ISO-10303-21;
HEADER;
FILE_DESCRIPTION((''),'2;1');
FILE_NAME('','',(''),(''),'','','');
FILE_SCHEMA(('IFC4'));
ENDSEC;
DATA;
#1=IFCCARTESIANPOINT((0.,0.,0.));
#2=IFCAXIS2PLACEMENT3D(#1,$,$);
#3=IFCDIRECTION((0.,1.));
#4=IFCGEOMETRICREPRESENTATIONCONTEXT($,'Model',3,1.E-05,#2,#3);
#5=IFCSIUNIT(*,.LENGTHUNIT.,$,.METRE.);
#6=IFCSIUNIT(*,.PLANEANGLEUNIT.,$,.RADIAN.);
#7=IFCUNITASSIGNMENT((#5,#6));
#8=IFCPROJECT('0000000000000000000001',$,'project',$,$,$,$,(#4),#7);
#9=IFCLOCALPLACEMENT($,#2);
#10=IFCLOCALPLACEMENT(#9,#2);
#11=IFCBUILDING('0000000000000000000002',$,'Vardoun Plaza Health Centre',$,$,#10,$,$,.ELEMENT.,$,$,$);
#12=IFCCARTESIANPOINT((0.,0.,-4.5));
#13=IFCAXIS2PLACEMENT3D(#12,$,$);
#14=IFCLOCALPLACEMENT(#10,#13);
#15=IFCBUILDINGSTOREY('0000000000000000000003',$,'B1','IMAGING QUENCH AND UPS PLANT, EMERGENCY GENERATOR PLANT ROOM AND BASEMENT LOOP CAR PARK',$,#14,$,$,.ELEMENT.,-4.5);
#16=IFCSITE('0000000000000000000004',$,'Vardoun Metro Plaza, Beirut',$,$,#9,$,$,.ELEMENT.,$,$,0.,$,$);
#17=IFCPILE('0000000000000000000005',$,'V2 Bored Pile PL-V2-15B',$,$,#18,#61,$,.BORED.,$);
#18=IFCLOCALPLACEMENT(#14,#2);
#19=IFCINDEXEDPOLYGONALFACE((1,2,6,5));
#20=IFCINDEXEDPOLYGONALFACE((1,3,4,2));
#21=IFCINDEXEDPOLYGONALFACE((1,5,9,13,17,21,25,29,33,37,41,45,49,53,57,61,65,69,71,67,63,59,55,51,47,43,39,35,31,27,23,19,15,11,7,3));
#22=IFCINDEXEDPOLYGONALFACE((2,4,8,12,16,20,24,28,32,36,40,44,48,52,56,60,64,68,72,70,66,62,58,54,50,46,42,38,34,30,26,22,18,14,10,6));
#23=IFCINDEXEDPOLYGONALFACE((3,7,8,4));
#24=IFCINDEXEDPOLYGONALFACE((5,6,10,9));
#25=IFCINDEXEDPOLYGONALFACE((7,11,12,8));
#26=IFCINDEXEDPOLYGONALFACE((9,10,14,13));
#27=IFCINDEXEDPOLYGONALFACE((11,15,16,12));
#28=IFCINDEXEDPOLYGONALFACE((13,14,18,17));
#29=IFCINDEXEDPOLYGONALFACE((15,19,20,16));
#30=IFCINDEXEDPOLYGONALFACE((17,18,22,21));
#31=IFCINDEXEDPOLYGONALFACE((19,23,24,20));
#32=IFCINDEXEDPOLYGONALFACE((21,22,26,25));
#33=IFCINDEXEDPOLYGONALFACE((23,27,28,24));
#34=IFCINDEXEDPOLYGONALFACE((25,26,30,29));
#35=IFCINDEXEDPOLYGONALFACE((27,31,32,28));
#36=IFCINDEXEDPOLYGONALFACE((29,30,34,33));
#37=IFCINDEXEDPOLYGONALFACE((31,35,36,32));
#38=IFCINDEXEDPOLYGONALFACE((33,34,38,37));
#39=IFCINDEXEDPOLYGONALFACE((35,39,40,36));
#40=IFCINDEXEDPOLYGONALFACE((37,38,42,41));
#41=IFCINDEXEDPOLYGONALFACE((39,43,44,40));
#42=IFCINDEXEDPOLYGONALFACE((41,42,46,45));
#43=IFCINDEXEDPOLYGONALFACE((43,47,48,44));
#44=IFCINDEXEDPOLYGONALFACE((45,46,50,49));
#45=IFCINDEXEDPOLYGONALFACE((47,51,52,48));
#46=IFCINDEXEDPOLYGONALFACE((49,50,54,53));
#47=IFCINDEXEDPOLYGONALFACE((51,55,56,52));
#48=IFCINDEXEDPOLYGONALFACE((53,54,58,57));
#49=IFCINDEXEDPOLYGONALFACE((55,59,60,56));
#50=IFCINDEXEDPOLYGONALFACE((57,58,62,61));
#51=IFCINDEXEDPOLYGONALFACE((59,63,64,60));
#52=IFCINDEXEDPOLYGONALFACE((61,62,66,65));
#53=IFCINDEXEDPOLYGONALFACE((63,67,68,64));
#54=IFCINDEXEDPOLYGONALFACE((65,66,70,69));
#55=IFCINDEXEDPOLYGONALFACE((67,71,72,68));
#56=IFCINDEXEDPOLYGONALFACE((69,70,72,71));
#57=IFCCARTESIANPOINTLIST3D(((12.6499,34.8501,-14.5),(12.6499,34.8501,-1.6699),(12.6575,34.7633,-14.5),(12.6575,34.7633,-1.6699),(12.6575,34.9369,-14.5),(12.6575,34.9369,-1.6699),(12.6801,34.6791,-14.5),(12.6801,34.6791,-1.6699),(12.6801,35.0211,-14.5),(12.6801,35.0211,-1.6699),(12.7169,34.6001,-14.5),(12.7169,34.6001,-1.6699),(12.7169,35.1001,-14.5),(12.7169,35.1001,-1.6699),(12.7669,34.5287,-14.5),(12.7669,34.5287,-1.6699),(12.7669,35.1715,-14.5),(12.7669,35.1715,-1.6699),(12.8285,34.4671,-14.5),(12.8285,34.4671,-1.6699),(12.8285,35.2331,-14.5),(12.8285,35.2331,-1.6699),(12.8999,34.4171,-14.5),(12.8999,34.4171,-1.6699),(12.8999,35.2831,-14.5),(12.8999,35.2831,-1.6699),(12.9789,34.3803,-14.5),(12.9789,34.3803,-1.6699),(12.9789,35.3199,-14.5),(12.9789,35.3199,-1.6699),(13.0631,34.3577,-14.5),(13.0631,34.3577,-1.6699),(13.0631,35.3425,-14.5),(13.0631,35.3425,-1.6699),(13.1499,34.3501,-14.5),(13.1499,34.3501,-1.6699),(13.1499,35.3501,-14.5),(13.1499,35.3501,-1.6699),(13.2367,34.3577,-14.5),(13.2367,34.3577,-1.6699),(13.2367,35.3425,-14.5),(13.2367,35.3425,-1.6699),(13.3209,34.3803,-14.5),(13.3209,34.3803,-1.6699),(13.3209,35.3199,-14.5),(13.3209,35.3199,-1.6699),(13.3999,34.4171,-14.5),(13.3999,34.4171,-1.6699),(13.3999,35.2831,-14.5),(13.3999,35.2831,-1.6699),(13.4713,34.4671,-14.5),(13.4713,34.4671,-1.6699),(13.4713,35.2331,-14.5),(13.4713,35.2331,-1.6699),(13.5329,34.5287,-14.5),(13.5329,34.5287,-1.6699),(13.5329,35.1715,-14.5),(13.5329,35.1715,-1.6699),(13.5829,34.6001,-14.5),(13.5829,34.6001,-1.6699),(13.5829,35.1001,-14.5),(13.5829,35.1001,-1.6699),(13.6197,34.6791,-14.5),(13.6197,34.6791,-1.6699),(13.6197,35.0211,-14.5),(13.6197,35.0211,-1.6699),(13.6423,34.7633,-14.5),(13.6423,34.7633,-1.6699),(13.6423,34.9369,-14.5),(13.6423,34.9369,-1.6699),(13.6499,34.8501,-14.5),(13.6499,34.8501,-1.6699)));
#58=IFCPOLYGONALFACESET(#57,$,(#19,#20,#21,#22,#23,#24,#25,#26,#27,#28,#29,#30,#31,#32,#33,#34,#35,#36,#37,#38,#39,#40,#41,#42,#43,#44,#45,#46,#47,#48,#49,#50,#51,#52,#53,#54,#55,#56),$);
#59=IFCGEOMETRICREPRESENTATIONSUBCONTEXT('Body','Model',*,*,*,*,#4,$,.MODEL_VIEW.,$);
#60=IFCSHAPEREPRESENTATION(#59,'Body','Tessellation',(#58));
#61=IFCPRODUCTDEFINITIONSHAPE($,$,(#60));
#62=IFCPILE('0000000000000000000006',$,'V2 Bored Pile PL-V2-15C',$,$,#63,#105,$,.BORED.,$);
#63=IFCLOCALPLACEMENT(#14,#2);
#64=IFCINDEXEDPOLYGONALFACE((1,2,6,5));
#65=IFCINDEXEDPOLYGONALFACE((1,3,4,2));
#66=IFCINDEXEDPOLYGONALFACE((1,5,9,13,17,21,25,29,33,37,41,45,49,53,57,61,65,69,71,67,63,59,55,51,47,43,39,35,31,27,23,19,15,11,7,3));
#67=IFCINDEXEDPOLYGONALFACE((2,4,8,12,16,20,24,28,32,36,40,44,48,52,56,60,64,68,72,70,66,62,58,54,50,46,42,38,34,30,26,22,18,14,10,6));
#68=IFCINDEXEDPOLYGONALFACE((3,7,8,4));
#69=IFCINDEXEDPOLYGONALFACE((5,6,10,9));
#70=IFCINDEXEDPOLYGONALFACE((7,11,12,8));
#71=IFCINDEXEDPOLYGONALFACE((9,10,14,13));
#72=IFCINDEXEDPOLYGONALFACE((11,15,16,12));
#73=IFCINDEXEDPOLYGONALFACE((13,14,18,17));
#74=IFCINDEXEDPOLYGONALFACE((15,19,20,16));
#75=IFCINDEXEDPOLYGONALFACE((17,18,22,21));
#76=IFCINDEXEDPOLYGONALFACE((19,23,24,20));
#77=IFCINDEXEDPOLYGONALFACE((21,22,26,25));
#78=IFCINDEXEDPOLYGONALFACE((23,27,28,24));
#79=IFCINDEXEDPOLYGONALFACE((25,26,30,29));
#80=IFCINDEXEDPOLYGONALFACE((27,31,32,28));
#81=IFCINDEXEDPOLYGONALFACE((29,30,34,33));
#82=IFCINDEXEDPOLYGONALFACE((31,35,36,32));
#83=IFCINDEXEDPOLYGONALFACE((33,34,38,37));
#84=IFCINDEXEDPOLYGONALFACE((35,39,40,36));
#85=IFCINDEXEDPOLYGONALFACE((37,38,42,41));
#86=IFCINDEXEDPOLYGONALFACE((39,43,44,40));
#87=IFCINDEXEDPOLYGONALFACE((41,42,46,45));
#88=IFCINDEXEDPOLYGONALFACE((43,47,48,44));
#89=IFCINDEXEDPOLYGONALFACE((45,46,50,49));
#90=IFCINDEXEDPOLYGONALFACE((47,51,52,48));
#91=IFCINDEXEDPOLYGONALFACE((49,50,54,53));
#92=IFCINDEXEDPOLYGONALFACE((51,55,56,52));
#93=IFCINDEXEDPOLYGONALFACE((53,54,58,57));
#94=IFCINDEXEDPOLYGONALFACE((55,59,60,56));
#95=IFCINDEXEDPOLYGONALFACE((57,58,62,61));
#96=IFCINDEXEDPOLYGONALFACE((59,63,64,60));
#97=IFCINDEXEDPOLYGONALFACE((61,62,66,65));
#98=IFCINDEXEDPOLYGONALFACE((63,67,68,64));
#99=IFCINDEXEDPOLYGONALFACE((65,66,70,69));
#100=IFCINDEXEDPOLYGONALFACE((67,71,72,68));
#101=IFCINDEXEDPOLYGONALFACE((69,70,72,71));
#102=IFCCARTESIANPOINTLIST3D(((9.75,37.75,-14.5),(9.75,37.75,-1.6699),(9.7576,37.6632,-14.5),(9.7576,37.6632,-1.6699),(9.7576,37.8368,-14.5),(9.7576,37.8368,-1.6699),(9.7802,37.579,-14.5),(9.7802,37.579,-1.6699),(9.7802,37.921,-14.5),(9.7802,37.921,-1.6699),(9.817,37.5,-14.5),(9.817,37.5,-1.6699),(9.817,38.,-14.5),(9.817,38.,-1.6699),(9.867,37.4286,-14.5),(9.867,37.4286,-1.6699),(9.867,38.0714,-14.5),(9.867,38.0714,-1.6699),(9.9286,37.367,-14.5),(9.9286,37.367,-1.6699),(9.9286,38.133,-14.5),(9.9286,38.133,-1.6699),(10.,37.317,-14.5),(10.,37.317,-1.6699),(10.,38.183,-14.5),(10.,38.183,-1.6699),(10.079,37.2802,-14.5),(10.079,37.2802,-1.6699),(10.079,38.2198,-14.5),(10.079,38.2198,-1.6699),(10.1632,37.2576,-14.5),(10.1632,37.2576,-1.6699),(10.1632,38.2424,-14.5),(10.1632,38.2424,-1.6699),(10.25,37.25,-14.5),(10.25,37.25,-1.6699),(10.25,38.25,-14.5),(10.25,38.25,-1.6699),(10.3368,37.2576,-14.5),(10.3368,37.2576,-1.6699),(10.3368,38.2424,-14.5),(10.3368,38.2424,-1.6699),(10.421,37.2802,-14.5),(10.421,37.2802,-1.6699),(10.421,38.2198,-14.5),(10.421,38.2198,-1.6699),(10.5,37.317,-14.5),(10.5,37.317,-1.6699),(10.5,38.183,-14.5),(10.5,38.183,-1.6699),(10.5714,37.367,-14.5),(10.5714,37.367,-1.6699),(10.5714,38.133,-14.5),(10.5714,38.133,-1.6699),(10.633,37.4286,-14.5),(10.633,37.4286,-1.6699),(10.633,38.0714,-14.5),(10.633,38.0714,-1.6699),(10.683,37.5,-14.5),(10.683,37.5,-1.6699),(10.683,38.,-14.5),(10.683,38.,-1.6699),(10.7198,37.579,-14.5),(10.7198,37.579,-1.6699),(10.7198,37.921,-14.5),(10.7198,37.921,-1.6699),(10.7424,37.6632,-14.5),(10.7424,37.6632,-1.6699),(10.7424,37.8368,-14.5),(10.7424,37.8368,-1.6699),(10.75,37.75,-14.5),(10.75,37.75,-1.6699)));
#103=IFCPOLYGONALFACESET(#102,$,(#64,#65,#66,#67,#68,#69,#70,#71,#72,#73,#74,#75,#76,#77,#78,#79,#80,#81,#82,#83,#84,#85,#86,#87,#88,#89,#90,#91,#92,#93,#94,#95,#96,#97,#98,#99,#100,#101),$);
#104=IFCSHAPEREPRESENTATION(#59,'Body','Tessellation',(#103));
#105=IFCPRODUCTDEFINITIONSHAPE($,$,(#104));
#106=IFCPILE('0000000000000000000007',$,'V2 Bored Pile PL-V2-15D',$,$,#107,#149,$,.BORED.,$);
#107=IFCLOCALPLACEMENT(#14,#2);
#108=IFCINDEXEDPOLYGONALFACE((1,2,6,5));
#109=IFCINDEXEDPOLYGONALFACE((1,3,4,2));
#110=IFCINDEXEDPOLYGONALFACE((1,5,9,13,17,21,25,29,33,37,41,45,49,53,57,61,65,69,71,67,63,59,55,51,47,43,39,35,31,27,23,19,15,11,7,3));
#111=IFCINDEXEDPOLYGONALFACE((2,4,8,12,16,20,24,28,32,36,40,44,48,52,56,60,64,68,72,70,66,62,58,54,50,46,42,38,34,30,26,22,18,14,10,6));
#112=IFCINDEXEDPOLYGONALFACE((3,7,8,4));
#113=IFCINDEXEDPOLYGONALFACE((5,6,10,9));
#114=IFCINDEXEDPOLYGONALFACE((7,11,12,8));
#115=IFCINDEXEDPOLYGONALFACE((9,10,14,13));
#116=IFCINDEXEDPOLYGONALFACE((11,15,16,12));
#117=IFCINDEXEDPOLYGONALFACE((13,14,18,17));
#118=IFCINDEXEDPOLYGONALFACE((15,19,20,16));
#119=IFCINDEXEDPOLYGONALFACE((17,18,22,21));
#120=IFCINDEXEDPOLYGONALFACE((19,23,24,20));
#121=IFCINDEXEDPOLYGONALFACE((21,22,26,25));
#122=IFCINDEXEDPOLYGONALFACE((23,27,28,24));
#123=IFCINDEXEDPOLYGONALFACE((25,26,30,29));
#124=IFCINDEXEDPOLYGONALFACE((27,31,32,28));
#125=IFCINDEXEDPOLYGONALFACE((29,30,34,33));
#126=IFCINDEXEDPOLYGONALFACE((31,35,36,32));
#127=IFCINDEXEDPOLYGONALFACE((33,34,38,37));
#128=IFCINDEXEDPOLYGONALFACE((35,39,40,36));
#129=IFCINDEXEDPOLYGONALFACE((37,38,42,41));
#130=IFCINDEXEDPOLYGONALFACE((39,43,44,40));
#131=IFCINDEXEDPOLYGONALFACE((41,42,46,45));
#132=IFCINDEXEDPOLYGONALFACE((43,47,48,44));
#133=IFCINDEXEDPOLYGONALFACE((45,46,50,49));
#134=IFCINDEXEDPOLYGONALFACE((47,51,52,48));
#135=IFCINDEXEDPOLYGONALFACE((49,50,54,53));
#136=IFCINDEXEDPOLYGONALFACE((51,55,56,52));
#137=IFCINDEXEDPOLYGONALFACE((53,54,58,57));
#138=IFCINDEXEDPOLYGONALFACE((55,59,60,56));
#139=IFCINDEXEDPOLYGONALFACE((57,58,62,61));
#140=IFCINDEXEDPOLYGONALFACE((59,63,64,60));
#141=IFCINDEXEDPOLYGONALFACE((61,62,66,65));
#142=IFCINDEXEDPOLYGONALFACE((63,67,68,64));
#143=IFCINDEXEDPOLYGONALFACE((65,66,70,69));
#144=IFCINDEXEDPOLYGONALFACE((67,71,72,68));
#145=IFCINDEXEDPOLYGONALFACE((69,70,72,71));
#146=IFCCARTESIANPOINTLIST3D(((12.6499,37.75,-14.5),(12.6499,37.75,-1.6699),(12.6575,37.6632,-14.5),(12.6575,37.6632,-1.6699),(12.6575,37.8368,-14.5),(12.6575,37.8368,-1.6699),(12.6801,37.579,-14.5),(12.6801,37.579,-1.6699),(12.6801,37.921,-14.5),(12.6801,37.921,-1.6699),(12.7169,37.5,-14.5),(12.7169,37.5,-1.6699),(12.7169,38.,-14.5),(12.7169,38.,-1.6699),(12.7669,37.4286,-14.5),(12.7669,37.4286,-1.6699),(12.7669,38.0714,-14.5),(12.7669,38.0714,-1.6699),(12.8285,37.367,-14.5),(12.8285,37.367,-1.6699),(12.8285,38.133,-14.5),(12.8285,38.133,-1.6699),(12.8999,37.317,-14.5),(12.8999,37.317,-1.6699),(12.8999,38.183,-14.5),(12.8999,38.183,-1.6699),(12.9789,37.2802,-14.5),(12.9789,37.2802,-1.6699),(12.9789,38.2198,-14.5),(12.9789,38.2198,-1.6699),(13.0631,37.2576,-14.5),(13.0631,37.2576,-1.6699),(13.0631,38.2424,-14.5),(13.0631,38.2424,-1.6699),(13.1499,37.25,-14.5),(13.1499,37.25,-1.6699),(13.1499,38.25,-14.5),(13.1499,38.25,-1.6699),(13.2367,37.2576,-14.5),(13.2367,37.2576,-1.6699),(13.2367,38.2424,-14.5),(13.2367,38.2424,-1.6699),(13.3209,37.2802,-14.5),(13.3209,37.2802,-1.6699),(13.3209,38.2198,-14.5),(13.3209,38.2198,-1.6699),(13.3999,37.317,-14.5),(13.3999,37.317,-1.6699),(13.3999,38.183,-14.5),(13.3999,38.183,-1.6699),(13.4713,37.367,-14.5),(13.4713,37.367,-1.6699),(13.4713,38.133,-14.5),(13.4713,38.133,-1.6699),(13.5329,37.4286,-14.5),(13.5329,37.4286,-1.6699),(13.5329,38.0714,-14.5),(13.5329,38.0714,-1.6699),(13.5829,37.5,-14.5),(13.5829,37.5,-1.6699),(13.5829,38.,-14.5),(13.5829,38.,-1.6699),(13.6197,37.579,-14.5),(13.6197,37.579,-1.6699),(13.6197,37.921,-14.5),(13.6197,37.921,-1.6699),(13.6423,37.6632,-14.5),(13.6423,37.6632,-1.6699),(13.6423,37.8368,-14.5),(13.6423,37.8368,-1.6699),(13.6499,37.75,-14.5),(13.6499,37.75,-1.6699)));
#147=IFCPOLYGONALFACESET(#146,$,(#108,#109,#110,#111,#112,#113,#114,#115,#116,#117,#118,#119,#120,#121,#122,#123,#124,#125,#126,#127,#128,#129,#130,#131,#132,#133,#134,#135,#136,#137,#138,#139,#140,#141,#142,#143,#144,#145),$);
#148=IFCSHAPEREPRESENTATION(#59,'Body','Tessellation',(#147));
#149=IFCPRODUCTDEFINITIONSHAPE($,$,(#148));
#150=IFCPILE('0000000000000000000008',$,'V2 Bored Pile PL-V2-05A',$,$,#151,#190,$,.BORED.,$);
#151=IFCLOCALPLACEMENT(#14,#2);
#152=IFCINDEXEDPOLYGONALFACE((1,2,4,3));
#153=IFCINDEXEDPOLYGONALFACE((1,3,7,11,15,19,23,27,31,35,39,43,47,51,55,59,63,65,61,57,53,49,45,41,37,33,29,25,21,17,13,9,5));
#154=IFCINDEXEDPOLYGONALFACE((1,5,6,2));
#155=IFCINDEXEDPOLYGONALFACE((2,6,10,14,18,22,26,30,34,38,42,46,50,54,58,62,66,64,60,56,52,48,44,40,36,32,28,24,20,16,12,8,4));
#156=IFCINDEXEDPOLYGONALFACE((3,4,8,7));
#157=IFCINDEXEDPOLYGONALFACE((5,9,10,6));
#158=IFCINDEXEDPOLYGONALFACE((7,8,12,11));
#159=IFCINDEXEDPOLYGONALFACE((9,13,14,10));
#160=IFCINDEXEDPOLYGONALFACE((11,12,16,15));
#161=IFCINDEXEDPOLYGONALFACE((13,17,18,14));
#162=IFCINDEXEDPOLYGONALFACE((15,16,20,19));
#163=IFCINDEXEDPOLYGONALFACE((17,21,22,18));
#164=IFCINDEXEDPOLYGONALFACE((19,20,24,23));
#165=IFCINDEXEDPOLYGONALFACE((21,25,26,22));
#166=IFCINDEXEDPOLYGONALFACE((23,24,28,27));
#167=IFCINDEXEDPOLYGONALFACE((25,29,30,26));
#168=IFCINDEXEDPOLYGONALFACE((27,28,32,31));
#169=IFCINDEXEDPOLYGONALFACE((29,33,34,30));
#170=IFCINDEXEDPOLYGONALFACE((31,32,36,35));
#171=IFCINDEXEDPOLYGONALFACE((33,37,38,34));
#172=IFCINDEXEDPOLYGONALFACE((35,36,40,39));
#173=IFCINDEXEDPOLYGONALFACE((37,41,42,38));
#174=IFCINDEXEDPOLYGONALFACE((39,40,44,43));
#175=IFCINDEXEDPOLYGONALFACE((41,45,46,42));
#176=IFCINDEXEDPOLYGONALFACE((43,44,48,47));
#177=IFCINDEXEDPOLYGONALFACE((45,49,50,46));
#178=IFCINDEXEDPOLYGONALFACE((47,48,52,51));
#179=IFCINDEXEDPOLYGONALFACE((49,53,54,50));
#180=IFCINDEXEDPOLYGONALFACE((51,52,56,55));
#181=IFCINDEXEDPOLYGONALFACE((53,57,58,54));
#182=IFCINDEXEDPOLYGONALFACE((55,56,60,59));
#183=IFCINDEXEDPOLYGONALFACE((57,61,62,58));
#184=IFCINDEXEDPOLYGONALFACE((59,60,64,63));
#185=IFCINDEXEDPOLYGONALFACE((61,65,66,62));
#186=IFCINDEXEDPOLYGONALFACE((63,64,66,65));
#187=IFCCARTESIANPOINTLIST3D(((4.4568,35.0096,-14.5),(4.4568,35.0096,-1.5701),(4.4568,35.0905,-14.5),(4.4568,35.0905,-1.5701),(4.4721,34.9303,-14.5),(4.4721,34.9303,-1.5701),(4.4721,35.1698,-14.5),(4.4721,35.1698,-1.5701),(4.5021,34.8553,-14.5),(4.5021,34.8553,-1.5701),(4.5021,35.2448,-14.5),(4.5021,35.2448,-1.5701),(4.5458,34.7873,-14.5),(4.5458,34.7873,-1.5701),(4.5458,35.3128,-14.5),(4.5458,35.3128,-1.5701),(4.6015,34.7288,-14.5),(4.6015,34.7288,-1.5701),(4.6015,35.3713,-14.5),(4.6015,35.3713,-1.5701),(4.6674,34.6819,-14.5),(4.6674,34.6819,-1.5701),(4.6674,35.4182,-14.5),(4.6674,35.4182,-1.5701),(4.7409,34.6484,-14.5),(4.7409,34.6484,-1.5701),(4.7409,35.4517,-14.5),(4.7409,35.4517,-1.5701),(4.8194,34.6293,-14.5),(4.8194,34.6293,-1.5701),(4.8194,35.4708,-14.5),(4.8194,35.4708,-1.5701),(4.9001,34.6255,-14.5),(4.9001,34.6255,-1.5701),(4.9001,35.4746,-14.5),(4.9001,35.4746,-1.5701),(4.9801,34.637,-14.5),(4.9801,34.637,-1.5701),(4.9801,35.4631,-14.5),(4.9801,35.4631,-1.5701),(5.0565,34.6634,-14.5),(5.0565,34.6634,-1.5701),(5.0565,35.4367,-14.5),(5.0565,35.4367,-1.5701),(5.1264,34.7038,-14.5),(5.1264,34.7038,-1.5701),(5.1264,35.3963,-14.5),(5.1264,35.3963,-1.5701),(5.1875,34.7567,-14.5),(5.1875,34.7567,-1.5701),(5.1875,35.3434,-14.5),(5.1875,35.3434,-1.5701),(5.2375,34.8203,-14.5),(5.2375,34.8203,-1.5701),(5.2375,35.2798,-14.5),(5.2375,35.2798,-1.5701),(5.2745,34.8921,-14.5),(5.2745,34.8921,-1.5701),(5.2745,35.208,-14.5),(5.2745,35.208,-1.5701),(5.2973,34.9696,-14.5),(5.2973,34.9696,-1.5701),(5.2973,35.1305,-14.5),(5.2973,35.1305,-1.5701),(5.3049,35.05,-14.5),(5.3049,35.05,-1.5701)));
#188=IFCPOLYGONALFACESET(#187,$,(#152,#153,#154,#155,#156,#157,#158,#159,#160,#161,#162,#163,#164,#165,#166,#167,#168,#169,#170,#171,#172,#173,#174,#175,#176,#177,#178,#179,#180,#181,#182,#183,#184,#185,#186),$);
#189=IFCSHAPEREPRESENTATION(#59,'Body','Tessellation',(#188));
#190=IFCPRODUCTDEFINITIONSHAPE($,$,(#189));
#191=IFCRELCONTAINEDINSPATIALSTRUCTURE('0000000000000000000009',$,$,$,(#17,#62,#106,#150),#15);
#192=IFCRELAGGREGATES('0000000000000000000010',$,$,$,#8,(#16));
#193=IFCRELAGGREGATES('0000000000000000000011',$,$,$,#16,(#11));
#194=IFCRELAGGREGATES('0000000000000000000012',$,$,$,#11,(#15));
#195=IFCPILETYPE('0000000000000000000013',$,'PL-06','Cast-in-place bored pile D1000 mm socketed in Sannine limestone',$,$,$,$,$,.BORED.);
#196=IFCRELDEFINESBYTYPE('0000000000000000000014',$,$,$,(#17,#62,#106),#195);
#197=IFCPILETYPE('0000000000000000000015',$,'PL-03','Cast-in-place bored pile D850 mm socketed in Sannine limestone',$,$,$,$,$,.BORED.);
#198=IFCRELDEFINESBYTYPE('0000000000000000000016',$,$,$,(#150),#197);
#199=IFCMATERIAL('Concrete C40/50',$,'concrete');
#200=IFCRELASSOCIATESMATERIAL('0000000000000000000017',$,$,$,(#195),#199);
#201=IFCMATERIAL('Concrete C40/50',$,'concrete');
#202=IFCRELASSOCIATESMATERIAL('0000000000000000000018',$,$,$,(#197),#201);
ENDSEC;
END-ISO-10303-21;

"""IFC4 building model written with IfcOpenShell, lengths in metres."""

from ifc_helpers import new_model, si_unit, direction, frame, origin, origin_2d, place, context, subcontext, project, spatial, circle, extrude, material, material_profile, profile_set, type_object, element, save


model = new_model("IFC4")

# Units and contexts
model_context = context("Model", 3, precision=1e-05, world=origin(), true_north=direction((0.0, 1.0)))
body_context = subcontext(model_context, "Body", "Model", "MODEL_VIEW")
ifc_project = project(units=[si_unit("LENGTHUNIT", "METRE"), si_unit("PLANEANGLEUNIT", "RADIAN")], contexts=[model_context])

# Site, building, storey
site_placement = place(None, origin())
site = spatial("IfcSite", under=ifc_project, at=site_placement, Name="Vardoun Metro Plaza, Beirut", CompositionType="ELEMENT", RefElevation=0.0)
building_placement = place(site_placement, origin())
building = spatial("IfcBuilding", under=site, at=building_placement, Name="Vardoun Plaza Health Centre", CompositionType="ELEMENT")
storey_placement = place(building_placement, frame((0.0, 0.0, -4.5)))
storey = spatial("IfcBuildingStorey", under=building, at=storey_placement, Name="B1", Description="IMAGING QUENCH AND UPS PLANT, EMERGENCY GENERATOR PLANT ROOM AND BASEMENT LOOP CAR PARK", CompositionType="ELEMENT", Elevation=-4.5)

# Piles
ifc_material_1 = material(Name="Concrete C40/50", Category="concrete")
ifc_material_profile_1 = material_profile(ifc_material_1, circle(Radius=0.5, at=origin_2d()), Name="PILE D1000")
ifc_profile_set_1 = profile_set([ifc_material_profile_1], Name="Concrete C40/50")
pile_type_1 = type_object("IfcPileType", Name="PL-06", Description="Cast-in-place bored pile D1000 mm socketed in Sannine limestone", PredefinedType="BORED", material=ifc_profile_set_1)
for number, where, z_axis, x_axis, name in (
    (1, (13.1499, 34.8501, -1.6699), (0.0, 0.0, -1.0), (1.0, 0.0, 0.0), "V2 Bored Pile PL-V2-15B"),
    (2, (10.25, 37.75, -1.6699), (0.0, 0.0, -1.0), (1.0, 0.0, 0.0), "V2 Bored Pile PL-V2-15C"),
    (3, (13.1499, 37.75, -1.6699), (0.0, 0.0, -1.0), (1.0, 0.0, 0.0), "V2 Bored Pile PL-V2-15D"),
):
    element("IfcPile", number, at=place(storey_placement, frame(where, z_axis=z_axis, x_axis=x_axis)), inside=storey, type_object=pile_type_1, Name=name, PredefinedType="BORED", context=body_context, shape_type="SweptSolid", body=[
        extrude(circle(Radius=0.5, at=origin_2d()), origin(), (0.0, 0.0, 1.0), 12.8301),
    ])
ifc_material_2 = material(Name="Concrete C40/50", Category="concrete")
ifc_material_profile_2 = material_profile(ifc_material_2, circle(Radius=0.425, at=origin_2d()), Name="PILE D850")
ifc_profile_set_2 = profile_set([ifc_material_profile_2], Name="Concrete C40/50")
pile_type_2 = type_object("IfcPileType", Name="PL-03", Description="Cast-in-place bored pile D850 mm socketed in Sannine limestone", PredefinedType="BORED", material=ifc_profile_set_2)
for number, where, z_axis, x_axis, name in (
    (4, (4.8799, 35.05, -1.5701), (0.0, 0.0, -1.0), (1.0, 0.0, 0.0), "V2 Bored Pile PL-V2-05A"),
):
    element("IfcPile", number, at=place(storey_placement, frame(where, z_axis=z_axis, x_axis=x_axis)), inside=storey, type_object=pile_type_2, Name=name, PredefinedType="BORED", context=body_context, shape_type="SweptSolid", body=[
        extrude(circle(Radius=0.425, at=origin_2d()), origin(), (0.0, 0.0, 1.0), 12.9299),
    ])

save(model, "model.ifc")
